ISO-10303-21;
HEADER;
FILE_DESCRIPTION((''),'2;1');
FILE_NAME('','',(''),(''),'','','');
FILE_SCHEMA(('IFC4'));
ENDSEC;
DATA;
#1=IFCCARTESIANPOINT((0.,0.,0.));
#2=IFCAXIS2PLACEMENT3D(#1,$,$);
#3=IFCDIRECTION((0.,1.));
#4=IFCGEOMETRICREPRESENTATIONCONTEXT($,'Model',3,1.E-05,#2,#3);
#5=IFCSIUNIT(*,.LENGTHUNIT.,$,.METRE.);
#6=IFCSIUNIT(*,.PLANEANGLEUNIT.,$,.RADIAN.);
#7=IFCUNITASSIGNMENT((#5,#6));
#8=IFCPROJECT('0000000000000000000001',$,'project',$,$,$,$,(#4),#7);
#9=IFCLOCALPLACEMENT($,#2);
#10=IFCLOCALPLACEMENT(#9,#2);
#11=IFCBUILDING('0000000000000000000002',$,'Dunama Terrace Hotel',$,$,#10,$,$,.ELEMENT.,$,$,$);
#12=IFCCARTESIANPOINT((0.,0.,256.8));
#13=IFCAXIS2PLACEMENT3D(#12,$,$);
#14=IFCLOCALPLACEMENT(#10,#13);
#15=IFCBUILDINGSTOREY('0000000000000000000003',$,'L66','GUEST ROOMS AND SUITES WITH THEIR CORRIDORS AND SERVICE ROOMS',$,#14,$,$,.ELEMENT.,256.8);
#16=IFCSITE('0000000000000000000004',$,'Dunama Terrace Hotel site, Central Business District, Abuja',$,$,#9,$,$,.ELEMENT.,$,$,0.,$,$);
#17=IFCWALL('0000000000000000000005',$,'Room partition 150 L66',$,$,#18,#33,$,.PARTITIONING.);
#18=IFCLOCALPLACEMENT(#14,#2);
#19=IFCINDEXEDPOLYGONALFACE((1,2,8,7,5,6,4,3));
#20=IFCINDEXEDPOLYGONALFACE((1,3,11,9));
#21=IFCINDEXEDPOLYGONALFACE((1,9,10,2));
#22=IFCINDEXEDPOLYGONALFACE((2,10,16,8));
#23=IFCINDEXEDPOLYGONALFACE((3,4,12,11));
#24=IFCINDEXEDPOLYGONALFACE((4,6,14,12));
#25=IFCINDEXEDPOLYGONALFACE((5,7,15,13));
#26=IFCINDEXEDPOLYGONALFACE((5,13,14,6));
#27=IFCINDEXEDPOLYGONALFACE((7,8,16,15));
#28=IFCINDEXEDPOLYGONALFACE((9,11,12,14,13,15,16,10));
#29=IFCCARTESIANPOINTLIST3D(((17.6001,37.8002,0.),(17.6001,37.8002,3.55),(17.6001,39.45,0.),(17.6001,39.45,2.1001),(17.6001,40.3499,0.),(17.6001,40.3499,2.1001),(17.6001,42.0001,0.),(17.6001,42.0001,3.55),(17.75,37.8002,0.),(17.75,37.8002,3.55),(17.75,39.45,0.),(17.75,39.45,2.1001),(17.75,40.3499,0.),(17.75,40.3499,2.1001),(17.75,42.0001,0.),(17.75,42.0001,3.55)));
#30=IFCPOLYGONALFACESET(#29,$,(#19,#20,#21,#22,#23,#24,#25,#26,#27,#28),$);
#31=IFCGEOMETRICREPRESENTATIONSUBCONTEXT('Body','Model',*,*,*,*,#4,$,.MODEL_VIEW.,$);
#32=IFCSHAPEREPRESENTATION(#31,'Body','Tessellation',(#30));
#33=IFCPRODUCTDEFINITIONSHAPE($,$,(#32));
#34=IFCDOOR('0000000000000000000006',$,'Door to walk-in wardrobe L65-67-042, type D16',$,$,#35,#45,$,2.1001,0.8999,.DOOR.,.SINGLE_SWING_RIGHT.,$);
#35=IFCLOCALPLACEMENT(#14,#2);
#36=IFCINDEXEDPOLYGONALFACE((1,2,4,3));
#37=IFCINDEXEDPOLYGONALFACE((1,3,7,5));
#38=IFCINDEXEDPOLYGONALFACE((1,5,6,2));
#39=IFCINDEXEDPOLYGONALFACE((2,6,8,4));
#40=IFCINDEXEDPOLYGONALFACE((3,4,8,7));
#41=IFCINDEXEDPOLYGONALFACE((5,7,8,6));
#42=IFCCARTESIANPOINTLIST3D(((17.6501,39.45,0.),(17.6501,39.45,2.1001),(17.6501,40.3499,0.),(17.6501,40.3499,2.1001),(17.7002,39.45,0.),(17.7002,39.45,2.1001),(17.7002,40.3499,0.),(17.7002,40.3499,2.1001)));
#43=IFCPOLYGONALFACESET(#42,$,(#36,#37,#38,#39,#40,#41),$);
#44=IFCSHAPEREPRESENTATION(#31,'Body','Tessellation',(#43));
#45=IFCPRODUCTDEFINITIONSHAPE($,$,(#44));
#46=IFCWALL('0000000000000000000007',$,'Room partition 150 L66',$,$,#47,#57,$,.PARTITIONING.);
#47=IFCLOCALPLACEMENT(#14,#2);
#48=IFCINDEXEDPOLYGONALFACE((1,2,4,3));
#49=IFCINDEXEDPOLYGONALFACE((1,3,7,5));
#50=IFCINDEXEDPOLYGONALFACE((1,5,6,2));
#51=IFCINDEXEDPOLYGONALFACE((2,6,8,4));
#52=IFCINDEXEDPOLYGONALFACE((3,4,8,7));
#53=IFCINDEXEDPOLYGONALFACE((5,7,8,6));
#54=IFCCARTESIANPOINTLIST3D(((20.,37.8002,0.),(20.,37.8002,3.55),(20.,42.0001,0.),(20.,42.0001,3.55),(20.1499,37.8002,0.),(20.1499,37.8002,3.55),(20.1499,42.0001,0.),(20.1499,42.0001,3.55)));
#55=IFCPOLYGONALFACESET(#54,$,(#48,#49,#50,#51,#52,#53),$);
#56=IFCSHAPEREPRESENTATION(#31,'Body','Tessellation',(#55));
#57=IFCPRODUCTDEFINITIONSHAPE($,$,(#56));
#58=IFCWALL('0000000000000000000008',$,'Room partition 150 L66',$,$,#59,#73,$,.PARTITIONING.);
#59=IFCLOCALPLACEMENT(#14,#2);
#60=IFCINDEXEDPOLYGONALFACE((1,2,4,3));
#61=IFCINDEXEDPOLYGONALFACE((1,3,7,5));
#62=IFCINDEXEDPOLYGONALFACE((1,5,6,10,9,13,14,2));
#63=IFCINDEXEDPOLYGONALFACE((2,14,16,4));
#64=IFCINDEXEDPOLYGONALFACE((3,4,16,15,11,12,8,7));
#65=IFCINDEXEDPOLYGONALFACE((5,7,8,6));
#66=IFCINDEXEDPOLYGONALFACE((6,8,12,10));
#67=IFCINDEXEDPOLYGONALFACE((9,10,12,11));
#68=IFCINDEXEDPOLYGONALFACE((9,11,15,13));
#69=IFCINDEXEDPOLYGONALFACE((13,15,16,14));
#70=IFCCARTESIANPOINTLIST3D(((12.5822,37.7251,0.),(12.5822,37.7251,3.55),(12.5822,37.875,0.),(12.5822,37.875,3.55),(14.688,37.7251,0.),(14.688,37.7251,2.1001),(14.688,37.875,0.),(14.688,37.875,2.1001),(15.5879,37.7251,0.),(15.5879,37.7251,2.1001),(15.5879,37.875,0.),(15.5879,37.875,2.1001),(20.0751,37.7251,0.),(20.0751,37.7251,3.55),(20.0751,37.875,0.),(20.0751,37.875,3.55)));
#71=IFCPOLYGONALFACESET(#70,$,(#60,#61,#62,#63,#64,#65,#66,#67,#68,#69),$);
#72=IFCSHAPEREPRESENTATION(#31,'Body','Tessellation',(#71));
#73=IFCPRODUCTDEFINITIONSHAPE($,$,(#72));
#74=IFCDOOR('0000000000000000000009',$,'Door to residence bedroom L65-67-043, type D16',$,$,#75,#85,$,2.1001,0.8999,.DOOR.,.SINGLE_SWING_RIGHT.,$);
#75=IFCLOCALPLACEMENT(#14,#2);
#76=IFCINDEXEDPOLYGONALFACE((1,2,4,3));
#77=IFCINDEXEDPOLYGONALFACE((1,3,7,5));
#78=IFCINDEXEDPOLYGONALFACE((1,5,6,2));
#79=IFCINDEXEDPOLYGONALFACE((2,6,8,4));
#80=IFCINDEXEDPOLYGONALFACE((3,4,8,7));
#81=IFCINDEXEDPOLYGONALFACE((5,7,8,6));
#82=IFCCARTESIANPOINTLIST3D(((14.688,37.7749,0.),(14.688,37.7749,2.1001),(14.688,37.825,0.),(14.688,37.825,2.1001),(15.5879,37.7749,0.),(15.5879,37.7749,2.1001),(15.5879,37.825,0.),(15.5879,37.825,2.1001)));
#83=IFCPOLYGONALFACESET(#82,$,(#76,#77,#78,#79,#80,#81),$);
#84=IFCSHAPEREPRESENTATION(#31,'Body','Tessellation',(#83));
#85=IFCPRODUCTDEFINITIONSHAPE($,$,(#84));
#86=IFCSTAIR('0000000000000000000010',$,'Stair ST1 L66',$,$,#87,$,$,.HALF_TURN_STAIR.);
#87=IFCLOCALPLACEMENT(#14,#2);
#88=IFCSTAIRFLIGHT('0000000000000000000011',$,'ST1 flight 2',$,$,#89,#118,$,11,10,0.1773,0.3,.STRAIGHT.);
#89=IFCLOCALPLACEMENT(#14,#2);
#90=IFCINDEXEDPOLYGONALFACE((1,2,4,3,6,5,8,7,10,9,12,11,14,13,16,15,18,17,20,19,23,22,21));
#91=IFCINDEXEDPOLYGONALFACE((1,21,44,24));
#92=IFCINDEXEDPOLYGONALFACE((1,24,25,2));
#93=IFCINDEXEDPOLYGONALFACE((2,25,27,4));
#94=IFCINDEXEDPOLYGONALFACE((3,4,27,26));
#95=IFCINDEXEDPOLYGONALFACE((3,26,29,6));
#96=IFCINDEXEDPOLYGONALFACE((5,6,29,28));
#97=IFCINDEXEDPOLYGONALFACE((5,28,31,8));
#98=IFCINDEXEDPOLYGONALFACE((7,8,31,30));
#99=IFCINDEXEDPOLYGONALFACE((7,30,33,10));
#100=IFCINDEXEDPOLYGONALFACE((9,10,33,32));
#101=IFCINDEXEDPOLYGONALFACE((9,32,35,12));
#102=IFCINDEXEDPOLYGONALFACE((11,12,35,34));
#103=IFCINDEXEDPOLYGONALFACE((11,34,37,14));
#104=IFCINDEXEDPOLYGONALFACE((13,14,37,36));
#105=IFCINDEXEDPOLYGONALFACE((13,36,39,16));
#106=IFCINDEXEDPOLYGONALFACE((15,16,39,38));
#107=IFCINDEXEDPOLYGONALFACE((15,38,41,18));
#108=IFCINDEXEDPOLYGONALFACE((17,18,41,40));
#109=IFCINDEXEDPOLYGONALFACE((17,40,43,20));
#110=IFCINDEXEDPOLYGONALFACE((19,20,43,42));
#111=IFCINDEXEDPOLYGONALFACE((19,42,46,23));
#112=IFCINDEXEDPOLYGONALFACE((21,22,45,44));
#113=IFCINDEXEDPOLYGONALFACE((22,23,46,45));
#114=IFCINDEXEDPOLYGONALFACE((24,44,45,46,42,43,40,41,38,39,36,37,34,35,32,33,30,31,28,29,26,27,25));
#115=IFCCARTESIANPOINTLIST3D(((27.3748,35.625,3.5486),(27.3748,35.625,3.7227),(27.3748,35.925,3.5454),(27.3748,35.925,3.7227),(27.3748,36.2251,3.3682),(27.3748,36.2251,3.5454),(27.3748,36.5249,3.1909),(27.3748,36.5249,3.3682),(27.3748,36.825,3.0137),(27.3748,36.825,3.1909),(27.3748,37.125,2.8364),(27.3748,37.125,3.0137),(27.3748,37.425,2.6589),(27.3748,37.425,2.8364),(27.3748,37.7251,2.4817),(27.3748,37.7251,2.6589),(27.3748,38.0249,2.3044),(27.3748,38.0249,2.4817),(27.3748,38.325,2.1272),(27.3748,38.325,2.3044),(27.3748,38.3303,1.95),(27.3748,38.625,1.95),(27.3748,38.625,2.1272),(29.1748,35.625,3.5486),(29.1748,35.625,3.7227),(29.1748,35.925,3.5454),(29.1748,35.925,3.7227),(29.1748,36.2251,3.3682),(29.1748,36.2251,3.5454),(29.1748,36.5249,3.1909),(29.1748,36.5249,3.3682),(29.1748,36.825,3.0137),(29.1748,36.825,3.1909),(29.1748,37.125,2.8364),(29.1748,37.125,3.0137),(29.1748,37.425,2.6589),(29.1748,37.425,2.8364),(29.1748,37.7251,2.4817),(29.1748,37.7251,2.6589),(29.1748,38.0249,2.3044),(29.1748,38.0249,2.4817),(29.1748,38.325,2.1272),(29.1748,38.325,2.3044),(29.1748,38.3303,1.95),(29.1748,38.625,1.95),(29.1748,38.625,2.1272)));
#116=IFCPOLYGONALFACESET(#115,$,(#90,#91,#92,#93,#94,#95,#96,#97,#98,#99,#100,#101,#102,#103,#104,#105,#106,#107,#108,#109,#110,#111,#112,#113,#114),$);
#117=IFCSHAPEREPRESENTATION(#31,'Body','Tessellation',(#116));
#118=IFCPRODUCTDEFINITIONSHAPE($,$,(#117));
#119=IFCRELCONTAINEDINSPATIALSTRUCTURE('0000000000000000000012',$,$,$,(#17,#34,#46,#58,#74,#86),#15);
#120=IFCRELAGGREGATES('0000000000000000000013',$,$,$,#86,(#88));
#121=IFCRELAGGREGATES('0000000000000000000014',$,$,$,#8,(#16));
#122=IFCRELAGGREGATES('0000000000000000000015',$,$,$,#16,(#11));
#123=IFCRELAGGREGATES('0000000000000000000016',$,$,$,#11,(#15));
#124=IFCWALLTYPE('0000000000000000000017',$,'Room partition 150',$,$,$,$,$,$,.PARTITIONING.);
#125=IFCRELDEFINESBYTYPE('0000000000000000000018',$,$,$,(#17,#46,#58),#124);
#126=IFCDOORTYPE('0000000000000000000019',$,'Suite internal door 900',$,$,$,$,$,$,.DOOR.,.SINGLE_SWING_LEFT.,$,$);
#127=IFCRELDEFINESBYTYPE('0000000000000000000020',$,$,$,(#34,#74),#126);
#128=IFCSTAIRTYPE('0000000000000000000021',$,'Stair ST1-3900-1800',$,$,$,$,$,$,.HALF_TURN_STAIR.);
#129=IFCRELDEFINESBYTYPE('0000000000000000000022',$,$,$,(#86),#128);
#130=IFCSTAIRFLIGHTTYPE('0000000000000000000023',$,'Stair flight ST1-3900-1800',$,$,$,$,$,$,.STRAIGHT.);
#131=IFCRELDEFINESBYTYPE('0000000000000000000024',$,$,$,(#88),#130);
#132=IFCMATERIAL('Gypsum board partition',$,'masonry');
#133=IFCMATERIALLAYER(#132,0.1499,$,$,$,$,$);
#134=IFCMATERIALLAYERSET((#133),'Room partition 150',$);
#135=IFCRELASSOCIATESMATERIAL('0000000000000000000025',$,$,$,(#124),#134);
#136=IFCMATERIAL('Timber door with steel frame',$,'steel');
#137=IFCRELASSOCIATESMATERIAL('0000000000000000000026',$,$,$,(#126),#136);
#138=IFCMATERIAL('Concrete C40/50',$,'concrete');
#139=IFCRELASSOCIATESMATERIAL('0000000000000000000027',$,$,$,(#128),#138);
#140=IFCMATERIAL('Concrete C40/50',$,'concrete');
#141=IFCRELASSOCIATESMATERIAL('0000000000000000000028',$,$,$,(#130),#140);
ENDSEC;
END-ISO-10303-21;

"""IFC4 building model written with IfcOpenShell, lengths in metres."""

from ifc_helpers import new_model, si_unit, direction, frame, frame_2d, origin, place, context, subcontext, project, spatial, polyline, rectangle, outline, extrude, material, layer, layer_set, type_object, element, fill, aggregate, save


model = new_model("IFC4")

# Units and contexts
model_context = context("Model", 3, precision=1e-05, world=origin(), true_north=direction((0.0, 1.0)))
body_context = subcontext(model_context, "Body", "Model", "MODEL_VIEW")
ifc_project = project(units=[si_unit("LENGTHUNIT", "METRE"), si_unit("PLANEANGLEUNIT", "RADIAN")], contexts=[model_context])

# Site, building, storey
site_placement = place(None, origin())
site = spatial("IfcSite", under=ifc_project, at=site_placement, Name="Dunama Terrace Hotel site, Central Business District, Abuja", CompositionType="ELEMENT", RefElevation=0.0)
building_placement = place(site_placement, origin())
building = spatial("IfcBuilding", under=site, at=building_placement, Name="Dunama Terrace Hotel", CompositionType="ELEMENT")
storey_placement = place(building_placement, frame((0.0, 0.0, 256.8)))
storey = spatial("IfcBuildingStorey", under=building, at=storey_placement, Name="L66", Description="GUEST ROOMS AND SUITES WITH THEIR CORRIDORS AND SERVICE ROOMS", CompositionType="ELEMENT", Elevation=256.8)

# Wall, opening, door
ifc_material_1 = material(Name="Gypsum board partition", Category="masonry")
ifc_layer_1 = layer(ifc_material_1, 0.1499)
ifc_layer_set_1 = layer_set([ifc_layer_1], Name="Room partition 150")
wall_type_1 = type_object("IfcWallType", Name="Room partition 150", PredefinedType="PARTITIONING", material=ifc_layer_set_1)
wall_1_placement = place(storey_placement, frame((17.675, 37.8, 0.0), z_axis=(0.0, 0.0, 1.0), x_axis=(0.0, 1.0, 0.0)))
wall_1 = element("IfcWall", 1, at=wall_1_placement, inside=storey, type_object=wall_type_1, Name="Room partition 150 L66", PredefinedType="PARTITIONING", context=body_context, shape_type="SweptSolid", body=[
    extrude(rectangle(XDim=4.2, YDim=0.1499, at=frame_2d((2.1001, 0.0))), origin(), (0.0, 0.0, 1.0), 3.55),
])
opening_1_placement = place(wall_1_placement, frame((1.6499, 0.0, 0.0)))
opening_1 = element("IfcOpeningElement", 2, at=opening_1_placement, cuts=wall_1, PredefinedType="OPENING", context=body_context, shape_type="SweptSolid", body=[
    extrude(rectangle(XDim=0.8999, YDim=2.1001, at=frame_2d((0.45, 1.05))), frame((0.0, 0.085, 0.0), z_axis=(0.0, -1.0, 0.0), x_axis=(1.0, 0.0, 0.0)), (0.0, 0.0, 1.0), 0.1699),
])
ifc_material_2 = material(Name="Timber door with steel frame", Category="steel")
door_type_1 = type_object("IfcDoorType", Name="Suite internal door 900", OperationType="SINGLE_SWING_LEFT", PredefinedType="DOOR", material=ifc_material_2)
door_1_placement = place(opening_1_placement, frame((0.8999, 0.0, 0.0), z_axis=(0.0, 0.0, 1.0), x_axis=(-1.0, 0.0, 0.0)))
door_1 = element("IfcDoor", 3, at=door_1_placement, inside=storey, type_object=door_type_1, Name="Door to walk-in wardrobe L65-67-042, type D16", OperationType="SINGLE_SWING_RIGHT", OverallHeight=2.1001, OverallWidth=0.8999, PredefinedType="DOOR", context=body_context, shape_type="SweptSolid", body=[
    extrude(rectangle(XDim=0.8999, YDim=2.1001, at=frame_2d((0.45, 1.05))), frame((0.0, 0.0251, 0.0), z_axis=(0.0, -1.0, 0.0), x_axis=(1.0, 0.0, 0.0)), (0.0, 0.0, 1.0), 0.05),
])
fill(opening_1, door_1)

# Wall
wall_2_placement = place(storey_placement, frame((20.075, 37.8, 0.0), z_axis=(0.0, 0.0, 1.0), x_axis=(0.0, 1.0, 0.0)))
element("IfcWall", 4, at=wall_2_placement, inside=storey, type_object=wall_type_1, Name="Room partition 150 L66", PredefinedType="PARTITIONING", context=body_context, shape_type="SweptSolid", body=[
    extrude(rectangle(XDim=4.2, YDim=0.1499, at=frame_2d((2.1001, 0.0))), origin(), (0.0, 0.0, 1.0), 3.55),
])

# Wall, opening, door
wall_3_placement = place(storey_placement, frame((12.582, 37.8, 0.0), z_axis=(0.0, 0.0, 1.0), x_axis=(1.0, 0.0, 0.0)))
wall_3 = element("IfcWall", 5, at=wall_3_placement, inside=storey, type_object=wall_type_1, Name="Room partition 150 L66", PredefinedType="PARTITIONING", context=body_context, shape_type="SweptSolid", body=[
    extrude(rectangle(XDim=7.4929, YDim=0.1499, at=frame_2d((3.7466, 0.0))), origin(), (0.0, 0.0, 1.0), 3.55),
])
opening_2_placement = place(wall_3_placement, frame((2.106, 0.0, 0.0)))
opening_2 = element("IfcOpeningElement", 6, at=opening_2_placement, cuts=wall_3, PredefinedType="OPENING", context=body_context, shape_type="SweptSolid", body=[
    extrude(rectangle(XDim=0.8999, YDim=2.1001, at=frame_2d((0.45, 1.05))), frame((0.0, 0.085, 0.0), z_axis=(0.0, -1.0, 0.0), x_axis=(1.0, 0.0, 0.0)), (0.0, 0.0, 1.0), 0.1699),
])
door_2_placement = place(opening_2_placement, origin())
door_2 = element("IfcDoor", 7, at=door_2_placement, inside=storey, type_object=door_type_1, Name="Door to residence bedroom L65-67-043, type D16", OperationType="SINGLE_SWING_RIGHT", OverallHeight=2.1001, OverallWidth=0.8999, PredefinedType="DOOR", context=body_context, shape_type="SweptSolid", body=[
    extrude(rectangle(XDim=0.8999, YDim=2.1001, at=frame_2d((0.45, 1.05))), frame((0.0, 0.0249, 0.0), z_axis=(0.0, -1.0, 0.0), x_axis=(1.0, 0.0, 0.0)), (0.0, 0.0, 1.0), 0.05),
])
fill(opening_2, door_2)

# Stair, stair flight
ifc_material_3 = material(Name="Concrete C40/50", Category="concrete")
stair_type = type_object("IfcStairType", Name="Stair ST1-3900-1800", PredefinedType="HALF_TURN_STAIR", material=ifc_material_3)
stair_placement = place(storey_placement, origin())
stair = element("IfcStair", 8, at=stair_placement, inside=storey, type_object=stair_type, Name="Stair ST1 L66", PredefinedType="HALF_TURN_STAIR")
ifc_material_4 = material(Name="Concrete C40/50", Category="concrete")
stair_flight_type = type_object("IfcStairFlightType", Name="Stair flight ST1-3900-1800", PredefinedType="STRAIGHT", material=ifc_material_4)
stair_flight_placement = place(storey_placement, frame((28.2749, 38.625, 1.95), z_axis=(0.0, 0.0, 1.0), x_axis=(0.0, -1.0, 0.0)))
stair_flight = element("IfcStairFlight", 9, at=stair_flight_placement, type_object=stair_flight_type, Name="ST1 flight 2", NumberOfRisers=11, NumberOfTreads=10, PredefinedType="STRAIGHT", RiserHeight=0.1773, TreadLength=0.3, context=body_context, shape_type="SweptSolid", body=[
    extrude(outline(polyline([(0.0, 0.0), (0.0, 0.1772), (0.3, 0.1772), (0.3, 0.3545), (0.6001, 0.3545), (0.6001, 0.5317), (0.8999, 0.5317), (0.8999, 0.709), (1.2, 0.709), (1.2, 0.8865), (1.5, 0.8865), (1.5, 1.0637), (1.8, 1.0637), (1.8, 1.241), (2.1001, 1.241), (2.1001, 1.4182), (2.3999, 1.4182), (2.3999, 1.5955), (2.7, 1.5955), (2.7, 1.7727), (3.0, 1.7727), (3.0, 1.95), (3.0, 1.5986), (0.2947, 0.0), (0.0, 0.0)])), frame((0.0, 0.8999, 0.0), z_axis=(0.0, -1.0, 0.0), x_axis=(1.0, 0.0, 0.0)), (0.0, 0.0, 1.0), 1.8),
])
aggregate(stair, [stair_flight])

save(model, "model.ifc")
